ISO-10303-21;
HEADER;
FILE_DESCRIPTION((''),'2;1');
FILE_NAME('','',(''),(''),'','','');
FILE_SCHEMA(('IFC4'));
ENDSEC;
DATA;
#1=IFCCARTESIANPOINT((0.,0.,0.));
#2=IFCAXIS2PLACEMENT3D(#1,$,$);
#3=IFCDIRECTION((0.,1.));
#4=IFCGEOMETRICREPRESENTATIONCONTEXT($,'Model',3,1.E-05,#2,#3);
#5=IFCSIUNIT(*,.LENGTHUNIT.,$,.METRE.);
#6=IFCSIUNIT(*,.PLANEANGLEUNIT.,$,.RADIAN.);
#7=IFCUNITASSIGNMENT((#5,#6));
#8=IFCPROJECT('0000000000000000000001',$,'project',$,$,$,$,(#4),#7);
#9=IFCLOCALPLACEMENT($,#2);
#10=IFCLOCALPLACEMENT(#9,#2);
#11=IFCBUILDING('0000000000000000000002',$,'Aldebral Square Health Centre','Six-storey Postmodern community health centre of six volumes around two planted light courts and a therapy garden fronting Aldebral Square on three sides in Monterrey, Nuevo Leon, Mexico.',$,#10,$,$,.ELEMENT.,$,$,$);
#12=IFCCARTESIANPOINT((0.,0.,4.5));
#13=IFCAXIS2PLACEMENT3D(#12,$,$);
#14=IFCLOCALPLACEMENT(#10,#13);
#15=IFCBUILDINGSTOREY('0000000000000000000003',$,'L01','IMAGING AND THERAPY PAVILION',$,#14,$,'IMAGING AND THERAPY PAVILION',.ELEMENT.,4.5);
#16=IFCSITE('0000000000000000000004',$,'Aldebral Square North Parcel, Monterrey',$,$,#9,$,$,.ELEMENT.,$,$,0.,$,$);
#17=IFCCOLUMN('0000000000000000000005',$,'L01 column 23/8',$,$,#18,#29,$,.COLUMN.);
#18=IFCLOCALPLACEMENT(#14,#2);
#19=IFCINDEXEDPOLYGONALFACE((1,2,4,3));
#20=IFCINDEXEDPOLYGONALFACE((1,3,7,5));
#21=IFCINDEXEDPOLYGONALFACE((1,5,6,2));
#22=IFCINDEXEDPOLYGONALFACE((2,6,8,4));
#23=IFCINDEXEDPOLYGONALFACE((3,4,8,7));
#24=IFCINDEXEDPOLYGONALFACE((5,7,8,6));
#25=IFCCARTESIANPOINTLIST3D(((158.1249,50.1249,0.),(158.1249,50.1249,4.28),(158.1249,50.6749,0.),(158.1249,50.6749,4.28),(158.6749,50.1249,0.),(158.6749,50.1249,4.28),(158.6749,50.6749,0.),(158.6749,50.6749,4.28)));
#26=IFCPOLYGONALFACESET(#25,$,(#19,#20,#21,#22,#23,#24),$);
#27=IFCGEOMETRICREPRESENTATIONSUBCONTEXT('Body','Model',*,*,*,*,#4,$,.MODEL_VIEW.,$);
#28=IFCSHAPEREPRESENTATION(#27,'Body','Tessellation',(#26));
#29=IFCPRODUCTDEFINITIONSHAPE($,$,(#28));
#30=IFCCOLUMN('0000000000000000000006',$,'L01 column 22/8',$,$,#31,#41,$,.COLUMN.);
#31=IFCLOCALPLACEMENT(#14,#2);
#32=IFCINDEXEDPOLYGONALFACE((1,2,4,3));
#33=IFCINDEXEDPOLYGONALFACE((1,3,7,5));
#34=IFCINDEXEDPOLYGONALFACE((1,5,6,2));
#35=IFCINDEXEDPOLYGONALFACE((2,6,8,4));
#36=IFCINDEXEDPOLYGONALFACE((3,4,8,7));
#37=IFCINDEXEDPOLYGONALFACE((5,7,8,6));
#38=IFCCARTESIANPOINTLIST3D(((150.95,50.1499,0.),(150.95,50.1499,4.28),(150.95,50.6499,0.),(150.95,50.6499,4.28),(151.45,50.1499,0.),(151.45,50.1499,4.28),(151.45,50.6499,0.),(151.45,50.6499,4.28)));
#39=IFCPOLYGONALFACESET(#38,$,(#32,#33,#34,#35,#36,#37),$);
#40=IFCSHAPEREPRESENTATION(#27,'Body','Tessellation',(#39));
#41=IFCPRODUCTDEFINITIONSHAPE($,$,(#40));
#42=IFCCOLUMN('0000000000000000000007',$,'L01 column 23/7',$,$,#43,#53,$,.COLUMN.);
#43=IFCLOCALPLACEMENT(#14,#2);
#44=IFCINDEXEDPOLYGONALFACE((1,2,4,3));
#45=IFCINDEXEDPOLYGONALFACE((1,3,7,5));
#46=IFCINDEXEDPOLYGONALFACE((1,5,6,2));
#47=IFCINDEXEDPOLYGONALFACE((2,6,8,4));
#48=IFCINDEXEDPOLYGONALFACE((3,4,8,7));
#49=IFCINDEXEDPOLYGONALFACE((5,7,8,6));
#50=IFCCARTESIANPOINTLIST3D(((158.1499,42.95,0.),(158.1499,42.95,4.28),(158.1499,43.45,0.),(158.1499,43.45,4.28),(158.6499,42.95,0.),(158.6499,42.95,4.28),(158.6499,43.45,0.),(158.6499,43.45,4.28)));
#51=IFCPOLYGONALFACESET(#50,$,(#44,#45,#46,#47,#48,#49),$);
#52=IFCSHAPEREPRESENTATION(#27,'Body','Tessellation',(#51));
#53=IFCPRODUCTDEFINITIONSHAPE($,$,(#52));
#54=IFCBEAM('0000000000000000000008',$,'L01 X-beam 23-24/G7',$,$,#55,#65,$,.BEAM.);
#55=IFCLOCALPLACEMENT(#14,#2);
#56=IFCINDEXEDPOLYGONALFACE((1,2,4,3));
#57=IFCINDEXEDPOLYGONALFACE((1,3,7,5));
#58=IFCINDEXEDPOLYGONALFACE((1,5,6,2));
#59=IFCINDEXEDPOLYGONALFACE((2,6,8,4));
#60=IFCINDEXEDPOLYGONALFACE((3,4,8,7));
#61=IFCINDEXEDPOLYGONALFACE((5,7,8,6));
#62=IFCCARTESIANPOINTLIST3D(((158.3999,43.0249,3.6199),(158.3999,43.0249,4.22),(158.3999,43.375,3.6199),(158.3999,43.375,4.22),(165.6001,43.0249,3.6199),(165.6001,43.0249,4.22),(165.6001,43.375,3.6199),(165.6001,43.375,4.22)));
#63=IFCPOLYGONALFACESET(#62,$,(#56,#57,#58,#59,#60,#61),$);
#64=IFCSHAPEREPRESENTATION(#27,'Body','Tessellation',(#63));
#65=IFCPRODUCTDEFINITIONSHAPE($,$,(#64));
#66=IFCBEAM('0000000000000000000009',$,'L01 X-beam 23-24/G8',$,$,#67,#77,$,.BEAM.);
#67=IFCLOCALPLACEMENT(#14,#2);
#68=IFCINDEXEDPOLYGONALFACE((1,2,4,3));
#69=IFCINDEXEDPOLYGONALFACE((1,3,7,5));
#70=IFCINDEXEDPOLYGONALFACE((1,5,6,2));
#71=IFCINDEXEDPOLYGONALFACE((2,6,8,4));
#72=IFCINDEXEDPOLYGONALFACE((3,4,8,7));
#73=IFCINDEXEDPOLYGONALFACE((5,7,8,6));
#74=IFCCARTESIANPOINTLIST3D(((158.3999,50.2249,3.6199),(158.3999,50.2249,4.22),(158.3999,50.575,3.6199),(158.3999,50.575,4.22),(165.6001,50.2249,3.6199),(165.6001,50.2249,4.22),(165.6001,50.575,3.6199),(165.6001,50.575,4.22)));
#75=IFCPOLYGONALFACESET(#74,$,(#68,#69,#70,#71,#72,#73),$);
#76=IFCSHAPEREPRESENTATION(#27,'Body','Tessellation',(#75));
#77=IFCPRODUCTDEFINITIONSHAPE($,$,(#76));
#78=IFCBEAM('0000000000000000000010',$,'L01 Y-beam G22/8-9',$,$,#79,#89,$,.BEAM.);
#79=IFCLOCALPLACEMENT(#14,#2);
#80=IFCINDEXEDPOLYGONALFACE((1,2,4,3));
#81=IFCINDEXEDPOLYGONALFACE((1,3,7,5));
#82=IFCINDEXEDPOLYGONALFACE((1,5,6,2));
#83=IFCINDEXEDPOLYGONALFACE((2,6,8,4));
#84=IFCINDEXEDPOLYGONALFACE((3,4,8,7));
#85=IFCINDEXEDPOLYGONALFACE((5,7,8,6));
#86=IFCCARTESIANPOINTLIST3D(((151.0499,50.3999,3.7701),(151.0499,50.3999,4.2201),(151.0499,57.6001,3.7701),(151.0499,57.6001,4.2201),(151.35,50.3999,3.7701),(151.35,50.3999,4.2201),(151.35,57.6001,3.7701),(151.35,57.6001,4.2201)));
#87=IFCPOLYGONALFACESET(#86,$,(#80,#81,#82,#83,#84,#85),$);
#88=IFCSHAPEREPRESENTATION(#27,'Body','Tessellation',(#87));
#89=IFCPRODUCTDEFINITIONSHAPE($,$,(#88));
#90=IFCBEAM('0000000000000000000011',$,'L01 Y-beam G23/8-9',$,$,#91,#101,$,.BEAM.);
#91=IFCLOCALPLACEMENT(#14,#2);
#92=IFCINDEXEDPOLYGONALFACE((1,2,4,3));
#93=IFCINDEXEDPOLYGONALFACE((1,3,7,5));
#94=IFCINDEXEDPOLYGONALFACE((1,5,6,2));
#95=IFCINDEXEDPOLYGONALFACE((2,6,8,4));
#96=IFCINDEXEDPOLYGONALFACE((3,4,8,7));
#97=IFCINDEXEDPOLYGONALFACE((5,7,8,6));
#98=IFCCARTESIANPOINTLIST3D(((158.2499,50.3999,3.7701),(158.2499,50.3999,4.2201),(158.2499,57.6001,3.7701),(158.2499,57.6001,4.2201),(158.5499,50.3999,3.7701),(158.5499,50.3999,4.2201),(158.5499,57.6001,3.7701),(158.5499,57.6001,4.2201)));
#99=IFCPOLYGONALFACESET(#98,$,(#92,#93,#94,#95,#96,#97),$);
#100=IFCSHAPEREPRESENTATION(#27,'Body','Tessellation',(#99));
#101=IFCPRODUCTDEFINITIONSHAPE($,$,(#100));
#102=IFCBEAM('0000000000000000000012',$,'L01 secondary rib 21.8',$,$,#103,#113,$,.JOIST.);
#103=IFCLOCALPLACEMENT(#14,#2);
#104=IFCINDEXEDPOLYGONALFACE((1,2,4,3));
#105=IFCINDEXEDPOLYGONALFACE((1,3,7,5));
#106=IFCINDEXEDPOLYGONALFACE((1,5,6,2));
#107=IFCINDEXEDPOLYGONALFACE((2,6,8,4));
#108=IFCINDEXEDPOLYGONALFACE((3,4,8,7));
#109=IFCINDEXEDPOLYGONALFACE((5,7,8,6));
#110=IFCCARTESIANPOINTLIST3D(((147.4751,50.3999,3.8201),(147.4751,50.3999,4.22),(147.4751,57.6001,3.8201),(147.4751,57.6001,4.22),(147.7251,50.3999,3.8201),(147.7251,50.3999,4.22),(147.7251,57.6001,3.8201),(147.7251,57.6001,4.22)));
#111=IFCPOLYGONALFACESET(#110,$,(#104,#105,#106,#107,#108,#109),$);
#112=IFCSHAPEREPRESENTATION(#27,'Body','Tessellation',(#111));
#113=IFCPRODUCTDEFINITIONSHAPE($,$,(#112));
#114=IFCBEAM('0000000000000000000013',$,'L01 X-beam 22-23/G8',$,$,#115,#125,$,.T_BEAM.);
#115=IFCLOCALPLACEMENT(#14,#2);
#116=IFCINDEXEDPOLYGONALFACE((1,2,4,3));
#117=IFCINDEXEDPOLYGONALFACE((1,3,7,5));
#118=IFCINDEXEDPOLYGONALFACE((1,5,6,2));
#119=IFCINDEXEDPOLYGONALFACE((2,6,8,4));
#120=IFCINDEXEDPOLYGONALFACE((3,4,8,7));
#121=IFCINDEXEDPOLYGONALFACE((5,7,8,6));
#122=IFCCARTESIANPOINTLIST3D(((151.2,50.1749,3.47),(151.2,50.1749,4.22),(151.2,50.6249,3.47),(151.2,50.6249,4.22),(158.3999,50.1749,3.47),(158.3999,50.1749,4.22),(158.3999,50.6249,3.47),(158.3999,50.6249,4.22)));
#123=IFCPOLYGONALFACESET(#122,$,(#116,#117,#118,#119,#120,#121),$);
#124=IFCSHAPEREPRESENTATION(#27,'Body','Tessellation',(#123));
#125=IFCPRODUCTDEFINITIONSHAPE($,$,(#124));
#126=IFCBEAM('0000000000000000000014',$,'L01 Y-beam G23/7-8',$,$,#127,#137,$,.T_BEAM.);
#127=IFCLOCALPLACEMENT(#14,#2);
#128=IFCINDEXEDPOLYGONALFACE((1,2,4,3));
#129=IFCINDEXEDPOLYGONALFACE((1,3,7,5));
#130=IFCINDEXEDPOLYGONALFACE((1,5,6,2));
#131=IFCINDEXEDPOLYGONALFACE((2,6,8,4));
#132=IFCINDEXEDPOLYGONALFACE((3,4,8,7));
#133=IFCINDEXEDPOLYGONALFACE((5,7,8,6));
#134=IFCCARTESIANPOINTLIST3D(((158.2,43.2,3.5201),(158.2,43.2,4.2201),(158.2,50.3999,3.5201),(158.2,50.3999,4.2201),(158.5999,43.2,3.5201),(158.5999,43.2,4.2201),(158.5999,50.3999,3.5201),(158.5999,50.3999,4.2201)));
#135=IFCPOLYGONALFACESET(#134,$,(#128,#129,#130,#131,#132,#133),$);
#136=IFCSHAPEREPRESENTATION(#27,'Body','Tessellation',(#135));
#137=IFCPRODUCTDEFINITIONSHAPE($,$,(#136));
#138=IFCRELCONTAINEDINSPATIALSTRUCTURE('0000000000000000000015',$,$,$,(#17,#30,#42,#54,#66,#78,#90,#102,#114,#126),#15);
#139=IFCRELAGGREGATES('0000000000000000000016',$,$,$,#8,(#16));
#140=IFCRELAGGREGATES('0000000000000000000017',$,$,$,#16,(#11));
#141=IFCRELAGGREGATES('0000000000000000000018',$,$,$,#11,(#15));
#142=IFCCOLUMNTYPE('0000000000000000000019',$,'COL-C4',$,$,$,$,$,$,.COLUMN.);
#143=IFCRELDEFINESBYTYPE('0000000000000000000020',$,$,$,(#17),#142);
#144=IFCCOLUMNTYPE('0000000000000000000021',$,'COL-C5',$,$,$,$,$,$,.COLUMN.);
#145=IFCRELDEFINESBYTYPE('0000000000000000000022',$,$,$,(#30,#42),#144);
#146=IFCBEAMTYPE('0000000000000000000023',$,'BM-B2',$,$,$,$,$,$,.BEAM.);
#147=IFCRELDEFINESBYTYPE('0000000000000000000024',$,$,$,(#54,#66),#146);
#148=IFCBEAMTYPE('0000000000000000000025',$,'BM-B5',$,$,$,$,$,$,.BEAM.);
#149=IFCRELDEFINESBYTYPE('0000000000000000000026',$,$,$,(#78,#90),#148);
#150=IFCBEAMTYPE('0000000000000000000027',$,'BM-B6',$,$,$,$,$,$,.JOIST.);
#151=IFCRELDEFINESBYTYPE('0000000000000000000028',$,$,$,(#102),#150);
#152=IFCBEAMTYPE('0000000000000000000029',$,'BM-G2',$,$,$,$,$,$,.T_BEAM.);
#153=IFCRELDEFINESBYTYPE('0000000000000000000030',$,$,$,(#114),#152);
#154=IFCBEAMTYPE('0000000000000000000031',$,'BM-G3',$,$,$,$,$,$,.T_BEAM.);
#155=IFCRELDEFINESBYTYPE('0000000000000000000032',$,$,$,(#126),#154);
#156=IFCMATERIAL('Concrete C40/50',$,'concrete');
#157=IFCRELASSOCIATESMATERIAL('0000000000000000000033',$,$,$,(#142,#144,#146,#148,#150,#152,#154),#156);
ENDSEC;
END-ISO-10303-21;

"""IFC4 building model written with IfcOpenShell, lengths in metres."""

from ifc_helpers import new_model, si_unit, direction, frame, origin, origin_2d, place, context, subcontext, project, spatial, rectangle, extrude, material, material_profile, profile_set, type_object, element, save


model = new_model("IFC4")

# Units and contexts
model_context = context("Model", 3, precision=1e-05, world=origin(), true_north=direction((0.0, 1.0)))
body_context = subcontext(model_context, "Body", "Model", "MODEL_VIEW")
ifc_project = project(units=[si_unit("LENGTHUNIT", "METRE"), si_unit("PLANEANGLEUNIT", "RADIAN")], contexts=[model_context])

# Site, building, storey
site_placement = place(None, origin())
site = spatial("IfcSite", under=ifc_project, at=site_placement, Name="Aldebral Square North Parcel, Monterrey", CompositionType="ELEMENT", RefElevation=0.0)
building_placement = place(site_placement, origin())
building = spatial("IfcBuilding", under=site, at=building_placement, Name="Aldebral Square Health Centre", Description="Six-storey Postmodern community health centre of six volumes around two planted light courts and a therapy garden fronting Aldebral Square on three sides in Monterrey, Nuevo Leon, Mexico.", CompositionType="ELEMENT")
storey_placement = place(building_placement, frame((0.0, 0.0, 4.5)))
storey = spatial("IfcBuildingStorey", under=building, at=storey_placement, Name="L01", Description="IMAGING AND THERAPY PAVILION", LongName="IMAGING AND THERAPY PAVILION", CompositionType="ELEMENT", Elevation=4.5)

# Columns
ifc_material_1 = material(Name="Concrete C40/50", Category="concrete")
ifc_material_profile_1 = material_profile(ifc_material_1, rectangle(XDim=0.55, YDim=0.55, at=origin_2d()), Name="RC 550x550")
ifc_profile_set_1 = profile_set([ifc_material_profile_1], Name="Concrete C40/50")
column_type_1 = type_object("IfcColumnType", Name="COL-C4", PredefinedType="COLUMN", material=ifc_profile_set_1)
column_placement = place(storey_placement, frame((158.3999, 50.3999, 0.0), z_axis=(0.0, 0.0, 1.0), x_axis=(1.0, 0.0, 0.0)))
element("IfcColumn", 1, at=column_placement, inside=storey, type_object=column_type_1, Name="L01 column 23/8", PredefinedType="COLUMN", context=body_context, shape_type="SweptSolid", body=[
    extrude(rectangle(XDim=0.55, YDim=0.55, at=origin_2d()), origin(), (0.0, 0.0, 1.0), 4.28),
])
ifc_material_profile_2 = material_profile(ifc_material_1, rectangle(XDim=0.5, YDim=0.5, at=origin_2d()), Name="RC 500x500")
ifc_profile_set_2 = profile_set([ifc_material_profile_2], Name="Concrete C40/50")
column_type_2 = type_object("IfcColumnType", Name="COL-C5", PredefinedType="COLUMN", material=ifc_profile_set_2)
for number, where, z_axis, x_axis, name in (
    (2, (151.2, 50.3999, 0.0), (0.0, 0.0, 1.0), (1.0, 0.0, 0.0), "L01 column 22/8"),
    (3, (158.3999, 43.2, 0.0), (0.0, 0.0, 1.0), (1.0, 0.0, 0.0), "L01 column 23/7"),
):
    element("IfcColumn", number, at=place(storey_placement, frame(where, z_axis=z_axis, x_axis=x_axis)), inside=storey, type_object=column_type_2, Name=name, PredefinedType="COLUMN", context=body_context, shape_type="SweptSolid", body=[
        extrude(rectangle(XDim=0.5, YDim=0.5, at=origin_2d()), origin(), (0.0, 0.0, 1.0), 4.28),
    ])

# Beams
ifc_material_profile_3 = material_profile(ifc_material_1, rectangle(XDim=0.3501, YDim=0.6001, at=origin_2d()), Name="RC 350x600")
ifc_profile_set_3 = profile_set([ifc_material_profile_3], Name="Concrete C40/50")
beam_type_1 = type_object("IfcBeamType", Name="BM-B2", PredefinedType="BEAM", material=ifc_profile_set_3)
for number, where, z_axis, x_axis, name in (
    (4, (158.3999, 43.2, 3.9199), (1.0, 0.0, 0.0), (0.0, 1.0, 0.0), "L01 X-beam 23-24/G7"),
    (5, (158.3999, 50.3999, 3.9199), (1.0, 0.0, 0.0), (0.0, 1.0, 0.0), "L01 X-beam 23-24/G8"),
):
    element("IfcBeam", number, at=place(storey_placement, frame(where, z_axis=z_axis, x_axis=x_axis)), inside=storey, type_object=beam_type_1, Name=name, PredefinedType="BEAM", context=body_context, shape_type="SweptSolid", body=[
        extrude(rectangle(XDim=0.3501, YDim=0.6001, at=origin_2d()), origin(), (0.0, 0.0, 1.0), 7.2002),
    ])
ifc_material_profile_4 = material_profile(ifc_material_1, rectangle(XDim=0.3, YDim=0.45, at=origin_2d()), Name="RC 300x450")
ifc_profile_set_4 = profile_set([ifc_material_profile_4], Name="Concrete C40/50")
beam_type_2 = type_object("IfcBeamType", Name="BM-B5", PredefinedType="BEAM", material=ifc_profile_set_4)
for number, where, z_axis, x_axis, name in (
    (6, (151.2, 50.3999, 3.9951), (0.0, 1.0, 0.0), (-1.0, 0.0, 0.0), "L01 Y-beam G22/8-9"),
    (7, (158.3999, 50.3999, 3.9951), (0.0, 1.0, 0.0), (-1.0, 0.0, 0.0), "L01 Y-beam G23/8-9"),
):
    element("IfcBeam", number, at=place(storey_placement, frame(where, z_axis=z_axis, x_axis=x_axis)), inside=storey, type_object=beam_type_2, Name=name, PredefinedType="BEAM", context=body_context, shape_type="SweptSolid", body=[
        extrude(rectangle(XDim=0.3, YDim=0.45, at=origin_2d()), origin(), (0.0, 0.0, 1.0), 7.2002),
    ])
ifc_material_profile_5 = material_profile(ifc_material_1, rectangle(XDim=0.25, YDim=0.3999, at=origin_2d()), Name="RC 250x400")
ifc_profile_set_5 = profile_set([ifc_material_profile_5], Name="Concrete C40/50")
beam_type_3 = type_object("IfcBeamType", Name="BM-B6", PredefinedType="JOIST", material=ifc_profile_set_5)
beam_1_placement = place(storey_placement, frame((147.6001, 50.3999, 4.02), z_axis=(0.0, 1.0, 0.0), x_axis=(-1.0, 0.0, 0.0)))
element("IfcBeam", 8, at=beam_1_placement, inside=storey, type_object=beam_type_3, Name="L01 secondary rib 21.8", PredefinedType="JOIST", context=body_context, shape_type="SweptSolid", body=[
    extrude(rectangle(XDim=0.25, YDim=0.3999, at=origin_2d()), origin(), (0.0, 0.0, 1.0), 7.2002),
])
ifc_material_profile_6 = material_profile(ifc_material_1, rectangle(XDim=0.45, YDim=0.75, at=origin_2d()), Name="RC 450x750")
ifc_profile_set_6 = profile_set([ifc_material_profile_6], Name="Concrete C40/50")
beam_type_4 = type_object("IfcBeamType", Name="BM-G2", PredefinedType="T_BEAM", material=ifc_profile_set_6)
beam_2_placement = place(storey_placement, frame((151.2, 50.3999, 3.845), z_axis=(1.0, 0.0, 0.0), x_axis=(0.0, 1.0, 0.0)))
element("IfcBeam", 9, at=beam_2_placement, inside=storey, type_object=beam_type_4, Name="L01 X-beam 22-23/G8", PredefinedType="T_BEAM", context=body_context, shape_type="SweptSolid", body=[
    extrude(rectangle(XDim=0.45, YDim=0.75, at=origin_2d()), origin(), (0.0, 0.0, 1.0), 7.2),
])
ifc_material_profile_7 = material_profile(ifc_material_1, rectangle(XDim=0.3999, YDim=0.7, at=origin_2d()), Name="RC 400x700")
ifc_profile_set_7 = profile_set([ifc_material_profile_7], Name="Concrete C40/50")
beam_type_5 = type_object("IfcBeamType", Name="BM-G3", PredefinedType="T_BEAM", material=ifc_profile_set_7)
beam_3_placement = place(storey_placement, frame((158.3999, 43.2, 3.8701), z_axis=(0.0, 1.0, 0.0), x_axis=(-1.0, 0.0, 0.0)))
element("IfcBeam", 10, at=beam_3_placement, inside=storey, type_object=beam_type_5, Name="L01 Y-beam G23/7-8", PredefinedType="T_BEAM", context=body_context, shape_type="SweptSolid", body=[
    extrude(rectangle(XDim=0.3999, YDim=0.7, at=origin_2d()), origin(), (0.0, 0.0, 1.0), 7.2),
])

save(model, "model.ifc")
